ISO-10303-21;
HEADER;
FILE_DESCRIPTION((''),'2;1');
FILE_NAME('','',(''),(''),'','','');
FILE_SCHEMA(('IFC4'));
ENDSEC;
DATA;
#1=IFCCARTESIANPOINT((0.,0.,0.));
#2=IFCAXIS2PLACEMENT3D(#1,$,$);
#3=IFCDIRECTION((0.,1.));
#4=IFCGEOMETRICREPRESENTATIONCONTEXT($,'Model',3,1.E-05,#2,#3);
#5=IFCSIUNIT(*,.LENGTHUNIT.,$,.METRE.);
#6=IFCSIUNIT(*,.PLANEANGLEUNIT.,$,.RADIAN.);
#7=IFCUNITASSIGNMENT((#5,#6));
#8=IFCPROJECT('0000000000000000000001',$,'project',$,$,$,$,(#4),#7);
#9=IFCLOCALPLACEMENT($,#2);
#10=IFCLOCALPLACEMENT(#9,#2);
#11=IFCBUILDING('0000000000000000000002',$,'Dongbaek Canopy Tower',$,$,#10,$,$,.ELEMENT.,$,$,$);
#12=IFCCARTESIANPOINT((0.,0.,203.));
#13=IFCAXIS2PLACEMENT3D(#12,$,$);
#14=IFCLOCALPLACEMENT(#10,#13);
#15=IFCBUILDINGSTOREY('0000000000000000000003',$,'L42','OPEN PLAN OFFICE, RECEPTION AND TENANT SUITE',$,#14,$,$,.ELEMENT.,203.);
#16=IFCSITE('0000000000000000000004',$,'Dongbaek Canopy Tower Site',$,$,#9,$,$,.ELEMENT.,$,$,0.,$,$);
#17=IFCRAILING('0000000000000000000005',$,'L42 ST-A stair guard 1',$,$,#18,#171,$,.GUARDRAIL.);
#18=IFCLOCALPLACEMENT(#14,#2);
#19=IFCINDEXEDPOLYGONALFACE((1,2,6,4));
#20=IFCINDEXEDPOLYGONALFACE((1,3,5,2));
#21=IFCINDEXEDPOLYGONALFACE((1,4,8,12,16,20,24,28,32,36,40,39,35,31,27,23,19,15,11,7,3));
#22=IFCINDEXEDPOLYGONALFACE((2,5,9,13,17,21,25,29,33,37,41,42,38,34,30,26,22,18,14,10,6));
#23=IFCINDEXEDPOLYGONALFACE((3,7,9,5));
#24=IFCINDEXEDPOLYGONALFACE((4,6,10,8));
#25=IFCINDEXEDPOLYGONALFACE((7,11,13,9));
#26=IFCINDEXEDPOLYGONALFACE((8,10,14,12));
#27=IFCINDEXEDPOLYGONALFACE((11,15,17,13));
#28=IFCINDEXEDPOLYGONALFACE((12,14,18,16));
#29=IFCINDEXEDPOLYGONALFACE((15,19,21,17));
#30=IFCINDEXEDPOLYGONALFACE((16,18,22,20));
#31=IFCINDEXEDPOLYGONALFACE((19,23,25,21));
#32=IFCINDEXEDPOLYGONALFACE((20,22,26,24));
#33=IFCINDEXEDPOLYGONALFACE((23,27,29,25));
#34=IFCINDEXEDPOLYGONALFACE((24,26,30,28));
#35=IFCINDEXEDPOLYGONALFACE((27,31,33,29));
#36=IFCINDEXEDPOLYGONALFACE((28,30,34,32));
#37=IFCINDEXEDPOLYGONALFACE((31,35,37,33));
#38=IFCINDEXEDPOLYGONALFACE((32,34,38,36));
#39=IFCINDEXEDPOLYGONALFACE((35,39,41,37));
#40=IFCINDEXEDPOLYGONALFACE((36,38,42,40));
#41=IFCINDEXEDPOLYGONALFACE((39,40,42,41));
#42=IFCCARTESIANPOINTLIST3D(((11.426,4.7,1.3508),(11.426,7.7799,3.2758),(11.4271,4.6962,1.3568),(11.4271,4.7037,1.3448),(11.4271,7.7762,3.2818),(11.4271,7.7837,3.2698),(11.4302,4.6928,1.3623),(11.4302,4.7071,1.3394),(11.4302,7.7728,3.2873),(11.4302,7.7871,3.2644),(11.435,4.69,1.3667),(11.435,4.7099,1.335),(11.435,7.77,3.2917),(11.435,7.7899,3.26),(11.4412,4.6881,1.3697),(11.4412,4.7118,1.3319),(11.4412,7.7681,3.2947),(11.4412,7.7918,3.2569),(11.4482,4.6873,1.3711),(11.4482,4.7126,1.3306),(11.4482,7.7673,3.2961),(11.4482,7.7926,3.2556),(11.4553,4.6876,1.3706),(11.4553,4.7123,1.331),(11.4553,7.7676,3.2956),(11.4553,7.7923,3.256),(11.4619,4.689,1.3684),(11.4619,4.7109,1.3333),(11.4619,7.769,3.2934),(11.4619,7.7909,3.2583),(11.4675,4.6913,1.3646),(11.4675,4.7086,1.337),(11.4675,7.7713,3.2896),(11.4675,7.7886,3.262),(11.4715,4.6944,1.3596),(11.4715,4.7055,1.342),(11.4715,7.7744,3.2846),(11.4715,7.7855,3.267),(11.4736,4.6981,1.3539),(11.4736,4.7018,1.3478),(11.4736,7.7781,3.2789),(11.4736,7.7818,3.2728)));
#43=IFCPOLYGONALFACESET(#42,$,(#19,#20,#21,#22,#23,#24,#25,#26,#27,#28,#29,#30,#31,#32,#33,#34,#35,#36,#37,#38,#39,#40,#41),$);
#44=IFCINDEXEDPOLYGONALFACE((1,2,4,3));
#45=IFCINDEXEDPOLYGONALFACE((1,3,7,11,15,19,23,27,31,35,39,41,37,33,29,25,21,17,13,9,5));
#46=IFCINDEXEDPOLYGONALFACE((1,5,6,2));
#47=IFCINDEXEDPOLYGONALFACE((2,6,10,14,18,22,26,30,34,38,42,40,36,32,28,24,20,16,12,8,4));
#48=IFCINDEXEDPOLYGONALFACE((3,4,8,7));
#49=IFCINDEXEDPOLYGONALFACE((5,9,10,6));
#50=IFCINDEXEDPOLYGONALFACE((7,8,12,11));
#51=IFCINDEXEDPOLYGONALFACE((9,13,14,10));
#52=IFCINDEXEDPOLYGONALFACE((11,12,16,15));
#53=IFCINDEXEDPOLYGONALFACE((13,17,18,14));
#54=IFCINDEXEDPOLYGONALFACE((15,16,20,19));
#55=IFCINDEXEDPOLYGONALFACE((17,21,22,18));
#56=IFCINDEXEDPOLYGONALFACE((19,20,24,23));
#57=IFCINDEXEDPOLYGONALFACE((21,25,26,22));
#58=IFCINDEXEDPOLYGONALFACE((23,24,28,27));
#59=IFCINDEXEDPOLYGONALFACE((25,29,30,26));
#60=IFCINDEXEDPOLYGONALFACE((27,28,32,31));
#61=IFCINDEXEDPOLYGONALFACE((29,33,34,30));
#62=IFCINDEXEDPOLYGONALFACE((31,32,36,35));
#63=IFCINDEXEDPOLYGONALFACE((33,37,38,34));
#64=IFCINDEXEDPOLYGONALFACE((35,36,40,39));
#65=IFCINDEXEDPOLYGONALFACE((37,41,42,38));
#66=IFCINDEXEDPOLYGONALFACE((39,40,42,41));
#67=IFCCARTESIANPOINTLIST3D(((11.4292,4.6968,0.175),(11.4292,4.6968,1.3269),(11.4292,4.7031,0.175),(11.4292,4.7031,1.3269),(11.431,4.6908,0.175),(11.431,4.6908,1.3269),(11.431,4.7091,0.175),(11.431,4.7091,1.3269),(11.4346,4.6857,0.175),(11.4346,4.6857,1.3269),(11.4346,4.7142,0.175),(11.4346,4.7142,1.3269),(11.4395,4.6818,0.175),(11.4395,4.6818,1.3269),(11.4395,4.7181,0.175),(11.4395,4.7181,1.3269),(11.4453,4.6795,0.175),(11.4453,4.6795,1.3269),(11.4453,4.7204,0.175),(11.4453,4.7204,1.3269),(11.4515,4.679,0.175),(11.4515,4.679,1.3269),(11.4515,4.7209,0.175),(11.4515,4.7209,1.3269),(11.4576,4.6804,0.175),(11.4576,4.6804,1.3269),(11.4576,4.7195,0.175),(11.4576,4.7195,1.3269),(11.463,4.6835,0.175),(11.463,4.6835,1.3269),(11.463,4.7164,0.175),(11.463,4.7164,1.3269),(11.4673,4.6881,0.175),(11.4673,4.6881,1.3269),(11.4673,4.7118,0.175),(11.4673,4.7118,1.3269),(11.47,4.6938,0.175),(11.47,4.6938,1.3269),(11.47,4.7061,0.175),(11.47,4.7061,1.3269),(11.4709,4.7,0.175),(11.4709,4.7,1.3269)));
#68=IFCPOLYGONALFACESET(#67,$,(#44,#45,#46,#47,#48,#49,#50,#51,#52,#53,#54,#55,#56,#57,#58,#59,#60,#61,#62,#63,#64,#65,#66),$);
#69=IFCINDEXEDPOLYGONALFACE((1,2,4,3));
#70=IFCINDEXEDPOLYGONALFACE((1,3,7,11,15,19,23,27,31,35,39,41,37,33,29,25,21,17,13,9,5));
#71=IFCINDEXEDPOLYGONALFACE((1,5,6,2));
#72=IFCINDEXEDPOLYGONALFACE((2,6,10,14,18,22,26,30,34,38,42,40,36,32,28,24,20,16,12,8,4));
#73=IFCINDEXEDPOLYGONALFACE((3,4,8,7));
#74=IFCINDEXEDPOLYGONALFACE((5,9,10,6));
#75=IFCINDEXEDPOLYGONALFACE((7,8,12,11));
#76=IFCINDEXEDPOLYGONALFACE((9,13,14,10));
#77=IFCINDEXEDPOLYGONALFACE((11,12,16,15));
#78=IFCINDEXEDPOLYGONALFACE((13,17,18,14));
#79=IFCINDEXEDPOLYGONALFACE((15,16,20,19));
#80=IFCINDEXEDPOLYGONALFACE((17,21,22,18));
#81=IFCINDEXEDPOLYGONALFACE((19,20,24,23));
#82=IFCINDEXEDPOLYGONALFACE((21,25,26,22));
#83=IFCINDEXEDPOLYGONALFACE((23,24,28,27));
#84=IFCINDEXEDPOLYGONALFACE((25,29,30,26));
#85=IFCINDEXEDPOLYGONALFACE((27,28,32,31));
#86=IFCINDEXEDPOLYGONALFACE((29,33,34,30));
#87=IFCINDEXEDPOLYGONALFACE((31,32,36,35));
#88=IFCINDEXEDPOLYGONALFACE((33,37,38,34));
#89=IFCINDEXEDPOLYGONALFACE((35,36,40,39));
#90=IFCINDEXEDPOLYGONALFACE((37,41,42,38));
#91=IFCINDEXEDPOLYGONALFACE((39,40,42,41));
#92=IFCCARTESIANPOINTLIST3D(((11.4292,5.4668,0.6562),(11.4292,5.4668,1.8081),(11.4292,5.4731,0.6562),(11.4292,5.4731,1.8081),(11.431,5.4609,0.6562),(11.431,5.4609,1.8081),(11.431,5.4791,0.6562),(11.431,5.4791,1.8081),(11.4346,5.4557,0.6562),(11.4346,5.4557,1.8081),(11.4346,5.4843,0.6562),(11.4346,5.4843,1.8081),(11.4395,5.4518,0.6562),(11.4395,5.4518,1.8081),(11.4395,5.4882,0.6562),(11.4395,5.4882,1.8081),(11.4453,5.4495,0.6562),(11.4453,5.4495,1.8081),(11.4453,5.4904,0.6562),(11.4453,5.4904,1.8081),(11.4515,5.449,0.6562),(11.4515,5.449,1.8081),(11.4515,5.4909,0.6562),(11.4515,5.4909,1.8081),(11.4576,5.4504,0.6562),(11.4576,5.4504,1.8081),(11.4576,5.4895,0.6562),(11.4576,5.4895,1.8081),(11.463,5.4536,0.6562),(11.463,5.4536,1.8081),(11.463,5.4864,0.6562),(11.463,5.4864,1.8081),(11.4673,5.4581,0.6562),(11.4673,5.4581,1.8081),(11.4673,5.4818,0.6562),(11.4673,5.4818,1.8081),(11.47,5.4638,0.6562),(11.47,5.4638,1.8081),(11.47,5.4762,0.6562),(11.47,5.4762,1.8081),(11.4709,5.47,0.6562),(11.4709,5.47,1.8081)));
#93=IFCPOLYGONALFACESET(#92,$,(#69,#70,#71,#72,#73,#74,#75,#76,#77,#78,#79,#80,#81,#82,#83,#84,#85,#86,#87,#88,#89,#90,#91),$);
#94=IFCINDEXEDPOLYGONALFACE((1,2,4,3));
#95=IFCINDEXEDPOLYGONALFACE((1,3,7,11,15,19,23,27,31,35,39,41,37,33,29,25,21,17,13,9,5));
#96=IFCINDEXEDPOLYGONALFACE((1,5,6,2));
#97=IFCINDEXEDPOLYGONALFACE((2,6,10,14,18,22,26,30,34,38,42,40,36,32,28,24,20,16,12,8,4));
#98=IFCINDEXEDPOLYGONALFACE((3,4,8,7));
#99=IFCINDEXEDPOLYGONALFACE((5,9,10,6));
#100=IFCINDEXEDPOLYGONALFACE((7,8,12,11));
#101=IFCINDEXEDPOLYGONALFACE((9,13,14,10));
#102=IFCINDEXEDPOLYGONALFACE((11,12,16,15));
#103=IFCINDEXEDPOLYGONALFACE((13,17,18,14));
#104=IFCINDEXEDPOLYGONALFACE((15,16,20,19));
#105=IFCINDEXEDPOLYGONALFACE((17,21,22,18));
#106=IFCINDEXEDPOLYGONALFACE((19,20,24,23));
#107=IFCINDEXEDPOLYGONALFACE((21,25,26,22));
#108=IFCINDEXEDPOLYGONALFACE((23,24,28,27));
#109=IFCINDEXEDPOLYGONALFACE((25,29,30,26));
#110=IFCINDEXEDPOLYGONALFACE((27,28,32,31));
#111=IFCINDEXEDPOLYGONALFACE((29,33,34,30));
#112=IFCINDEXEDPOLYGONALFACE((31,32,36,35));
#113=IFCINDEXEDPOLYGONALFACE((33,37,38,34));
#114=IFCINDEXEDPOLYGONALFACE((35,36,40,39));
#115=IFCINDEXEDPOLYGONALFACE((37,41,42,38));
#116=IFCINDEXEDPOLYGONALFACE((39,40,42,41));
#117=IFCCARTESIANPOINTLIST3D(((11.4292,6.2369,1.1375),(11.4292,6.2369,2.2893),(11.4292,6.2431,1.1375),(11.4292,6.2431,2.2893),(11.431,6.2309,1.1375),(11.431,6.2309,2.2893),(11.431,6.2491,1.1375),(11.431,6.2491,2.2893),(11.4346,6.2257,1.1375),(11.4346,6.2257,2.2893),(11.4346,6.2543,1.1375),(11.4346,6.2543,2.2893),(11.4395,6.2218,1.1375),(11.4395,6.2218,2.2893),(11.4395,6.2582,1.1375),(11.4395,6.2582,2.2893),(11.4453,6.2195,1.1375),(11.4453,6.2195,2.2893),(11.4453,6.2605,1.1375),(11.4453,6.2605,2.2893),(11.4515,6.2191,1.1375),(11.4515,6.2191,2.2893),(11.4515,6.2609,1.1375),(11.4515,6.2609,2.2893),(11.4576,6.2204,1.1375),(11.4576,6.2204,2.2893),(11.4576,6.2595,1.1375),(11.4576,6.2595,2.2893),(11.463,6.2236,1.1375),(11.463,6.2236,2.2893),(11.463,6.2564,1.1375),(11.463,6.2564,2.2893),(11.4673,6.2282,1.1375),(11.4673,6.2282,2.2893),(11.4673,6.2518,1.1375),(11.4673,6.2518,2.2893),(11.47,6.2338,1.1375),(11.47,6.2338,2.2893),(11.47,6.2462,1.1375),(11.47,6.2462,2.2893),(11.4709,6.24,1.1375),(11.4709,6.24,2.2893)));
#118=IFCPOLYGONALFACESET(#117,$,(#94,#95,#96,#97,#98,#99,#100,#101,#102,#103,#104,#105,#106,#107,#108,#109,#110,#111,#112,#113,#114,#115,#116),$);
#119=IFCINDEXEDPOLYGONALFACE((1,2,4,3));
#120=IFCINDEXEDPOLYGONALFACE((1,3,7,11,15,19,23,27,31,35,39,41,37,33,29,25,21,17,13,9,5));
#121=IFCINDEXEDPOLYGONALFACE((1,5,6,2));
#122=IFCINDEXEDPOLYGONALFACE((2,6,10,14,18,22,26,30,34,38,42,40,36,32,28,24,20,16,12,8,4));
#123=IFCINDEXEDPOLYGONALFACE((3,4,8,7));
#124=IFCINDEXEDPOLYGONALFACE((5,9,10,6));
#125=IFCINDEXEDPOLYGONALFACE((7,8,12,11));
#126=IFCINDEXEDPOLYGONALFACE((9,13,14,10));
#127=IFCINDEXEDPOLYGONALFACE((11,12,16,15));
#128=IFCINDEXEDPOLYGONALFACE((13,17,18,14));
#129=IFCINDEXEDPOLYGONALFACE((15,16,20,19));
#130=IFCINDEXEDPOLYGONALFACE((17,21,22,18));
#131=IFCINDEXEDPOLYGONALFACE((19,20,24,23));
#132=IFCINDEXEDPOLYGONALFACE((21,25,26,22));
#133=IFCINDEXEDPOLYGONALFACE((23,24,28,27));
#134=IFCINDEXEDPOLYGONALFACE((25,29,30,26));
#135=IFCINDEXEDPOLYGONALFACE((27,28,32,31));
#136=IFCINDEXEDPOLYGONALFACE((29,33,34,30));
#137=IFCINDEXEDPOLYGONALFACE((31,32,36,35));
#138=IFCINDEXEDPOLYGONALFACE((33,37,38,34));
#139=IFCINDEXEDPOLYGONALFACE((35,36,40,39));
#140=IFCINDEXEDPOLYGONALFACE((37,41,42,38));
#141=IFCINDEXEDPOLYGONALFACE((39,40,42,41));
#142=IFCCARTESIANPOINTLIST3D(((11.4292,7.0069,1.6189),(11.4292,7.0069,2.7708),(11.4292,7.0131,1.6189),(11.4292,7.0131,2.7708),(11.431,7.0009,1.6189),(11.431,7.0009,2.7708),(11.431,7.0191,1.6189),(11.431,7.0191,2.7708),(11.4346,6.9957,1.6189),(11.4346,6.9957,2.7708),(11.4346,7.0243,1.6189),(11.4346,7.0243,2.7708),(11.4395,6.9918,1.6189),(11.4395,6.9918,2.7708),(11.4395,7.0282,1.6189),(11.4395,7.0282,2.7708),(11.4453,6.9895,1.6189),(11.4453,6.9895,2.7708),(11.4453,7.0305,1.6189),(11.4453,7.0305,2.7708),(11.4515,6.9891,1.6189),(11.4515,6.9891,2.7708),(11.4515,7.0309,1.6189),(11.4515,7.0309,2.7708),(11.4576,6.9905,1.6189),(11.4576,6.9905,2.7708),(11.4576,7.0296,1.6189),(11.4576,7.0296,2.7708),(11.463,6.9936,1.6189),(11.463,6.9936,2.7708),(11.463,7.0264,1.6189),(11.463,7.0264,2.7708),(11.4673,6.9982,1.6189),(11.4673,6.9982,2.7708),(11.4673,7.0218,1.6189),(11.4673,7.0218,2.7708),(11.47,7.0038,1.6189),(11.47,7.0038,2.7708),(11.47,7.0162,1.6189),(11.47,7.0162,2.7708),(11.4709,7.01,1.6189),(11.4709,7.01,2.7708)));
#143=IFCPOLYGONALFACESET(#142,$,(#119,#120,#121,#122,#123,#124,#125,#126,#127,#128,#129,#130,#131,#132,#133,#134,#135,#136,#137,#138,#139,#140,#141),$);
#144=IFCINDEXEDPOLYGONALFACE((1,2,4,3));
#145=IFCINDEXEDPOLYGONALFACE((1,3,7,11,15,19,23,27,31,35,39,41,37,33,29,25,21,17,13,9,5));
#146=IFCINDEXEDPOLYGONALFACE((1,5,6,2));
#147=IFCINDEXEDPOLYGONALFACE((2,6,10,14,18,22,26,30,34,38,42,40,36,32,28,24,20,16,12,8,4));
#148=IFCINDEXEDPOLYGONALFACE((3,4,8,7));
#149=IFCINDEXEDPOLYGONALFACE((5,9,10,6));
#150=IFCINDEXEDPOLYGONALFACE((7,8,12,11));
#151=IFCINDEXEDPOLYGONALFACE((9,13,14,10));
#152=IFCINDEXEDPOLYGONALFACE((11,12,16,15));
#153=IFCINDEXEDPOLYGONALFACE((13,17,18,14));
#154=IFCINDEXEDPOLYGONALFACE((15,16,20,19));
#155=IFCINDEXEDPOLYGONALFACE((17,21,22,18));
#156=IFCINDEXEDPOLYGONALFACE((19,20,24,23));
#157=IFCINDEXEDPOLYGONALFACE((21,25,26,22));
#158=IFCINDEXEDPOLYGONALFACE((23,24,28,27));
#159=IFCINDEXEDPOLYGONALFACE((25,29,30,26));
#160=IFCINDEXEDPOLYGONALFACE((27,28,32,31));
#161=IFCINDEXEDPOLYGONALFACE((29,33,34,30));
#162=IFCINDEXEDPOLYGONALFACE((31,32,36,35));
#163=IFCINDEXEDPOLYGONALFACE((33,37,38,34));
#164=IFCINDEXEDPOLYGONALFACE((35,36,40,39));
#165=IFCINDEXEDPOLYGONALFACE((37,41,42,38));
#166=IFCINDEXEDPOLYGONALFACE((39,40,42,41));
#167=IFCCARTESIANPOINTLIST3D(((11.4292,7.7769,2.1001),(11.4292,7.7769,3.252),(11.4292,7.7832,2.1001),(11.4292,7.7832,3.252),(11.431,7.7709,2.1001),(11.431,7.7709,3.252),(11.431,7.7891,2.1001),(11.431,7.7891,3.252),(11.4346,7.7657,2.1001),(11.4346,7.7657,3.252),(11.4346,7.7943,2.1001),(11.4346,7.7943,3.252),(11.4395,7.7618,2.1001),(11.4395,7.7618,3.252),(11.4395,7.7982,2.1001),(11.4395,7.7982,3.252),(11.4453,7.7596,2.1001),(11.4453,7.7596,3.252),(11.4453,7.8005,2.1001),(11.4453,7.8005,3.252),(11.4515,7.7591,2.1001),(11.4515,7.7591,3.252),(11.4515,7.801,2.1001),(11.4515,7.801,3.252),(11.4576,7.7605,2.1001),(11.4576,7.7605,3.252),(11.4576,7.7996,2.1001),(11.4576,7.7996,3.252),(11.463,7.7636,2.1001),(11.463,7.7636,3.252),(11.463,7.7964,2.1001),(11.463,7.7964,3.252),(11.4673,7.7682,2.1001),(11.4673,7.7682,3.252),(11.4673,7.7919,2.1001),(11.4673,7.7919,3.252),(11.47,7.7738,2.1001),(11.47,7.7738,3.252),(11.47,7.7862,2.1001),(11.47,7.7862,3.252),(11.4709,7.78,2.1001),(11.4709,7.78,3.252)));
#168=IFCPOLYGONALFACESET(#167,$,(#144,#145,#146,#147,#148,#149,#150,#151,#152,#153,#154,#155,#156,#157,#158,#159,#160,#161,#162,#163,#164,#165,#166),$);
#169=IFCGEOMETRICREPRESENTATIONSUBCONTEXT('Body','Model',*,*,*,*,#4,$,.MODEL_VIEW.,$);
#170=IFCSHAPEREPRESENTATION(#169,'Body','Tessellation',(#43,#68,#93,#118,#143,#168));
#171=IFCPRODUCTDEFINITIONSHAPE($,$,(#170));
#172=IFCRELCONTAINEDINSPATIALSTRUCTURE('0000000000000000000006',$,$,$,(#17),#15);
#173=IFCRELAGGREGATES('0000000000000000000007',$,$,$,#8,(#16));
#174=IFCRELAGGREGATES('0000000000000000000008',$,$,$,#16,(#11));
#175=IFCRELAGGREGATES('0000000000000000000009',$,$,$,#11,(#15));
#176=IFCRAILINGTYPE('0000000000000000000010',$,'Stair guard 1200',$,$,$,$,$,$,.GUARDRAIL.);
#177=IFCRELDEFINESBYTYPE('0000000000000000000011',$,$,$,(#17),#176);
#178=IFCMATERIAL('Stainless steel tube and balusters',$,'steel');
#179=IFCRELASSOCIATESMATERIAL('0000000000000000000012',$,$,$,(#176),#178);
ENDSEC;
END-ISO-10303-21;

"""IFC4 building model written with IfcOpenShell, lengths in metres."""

from ifc_helpers import new_model, si_unit, direction, frame, origin, origin_2d, place, context, subcontext, project, spatial, circle, extrude, material, type_object, element, save


model = new_model("IFC4")

# Units and contexts
model_context = context("Model", 3, precision=1e-05, world=origin(), true_north=direction((0.0, 1.0)))
body_context = subcontext(model_context, "Body", "Model", "MODEL_VIEW")
ifc_project = project(units=[si_unit("LENGTHUNIT", "METRE"), si_unit("PLANEANGLEUNIT", "RADIAN")], contexts=[model_context])

# Site, building, storey
site_placement = place(None, origin())
site = spatial("IfcSite", under=ifc_project, at=site_placement, Name="Dongbaek Canopy Tower Site", CompositionType="ELEMENT", RefElevation=0.0)
building_placement = place(site_placement, origin())
building = spatial("IfcBuilding", under=site, at=building_placement, Name="Dongbaek Canopy Tower", CompositionType="ELEMENT")
storey_placement = place(building_placement, frame((0.0, 0.0, 203.0)))
storey = spatial("IfcBuildingStorey", under=building, at=storey_placement, Name="L42", Description="OPEN PLAN OFFICE, RECEPTION AND TENANT SUITE", CompositionType="ELEMENT", Elevation=203.0)

# Railing
ifc_material_1 = material(Name="Stainless steel tube and balusters", Category="steel")
railing_type_1 = type_object("IfcRailingType", Name="Stair guard 1200", PredefinedType="GUARDRAIL", material=ifc_material_1)
railing_1_placement = place(storey_placement, frame((11.45, 4.7, 0.175)))
element("IfcRailing", 1, at=railing_1_placement, inside=storey, type_object=railing_type_1, Name="L42 ST-A stair guard 1", PredefinedType="GUARDRAIL", context=body_context, shape_type="SweptSolid", body=[
    extrude(circle(Radius=0.0239, at=origin_2d()), frame((0.0, 0.0, 1.1758), z_axis=(0.0, 0.847998, 0.529999), x_axis=(-1.0, 0.0, 0.0)), (0.0, 0.0, 1.0), 3.6321),
    extrude(circle(Radius=0.021, at=origin_2d()), origin(), (0.0, 0.0, 1.0), 1.1519),
    extrude(circle(Radius=0.021, at=origin_2d()), frame((0.0, 0.77, 0.4812)), (0.0, 0.0, 1.0), 1.1519),
    extrude(circle(Radius=0.021, at=origin_2d()), frame((0.0, 1.54, 0.9624)), (0.0, 0.0, 1.0), 1.1519),
    extrude(circle(Radius=0.021, at=origin_2d()), frame((0.0, 2.3101, 1.4438)), (0.0, 0.0, 1.0), 1.1519),
    extrude(circle(Radius=0.021, at=origin_2d()), frame((0.0, 3.0801, 1.925)), (0.0, 0.0, 1.0), 1.1519),
])

save(model, "model.ifc")
